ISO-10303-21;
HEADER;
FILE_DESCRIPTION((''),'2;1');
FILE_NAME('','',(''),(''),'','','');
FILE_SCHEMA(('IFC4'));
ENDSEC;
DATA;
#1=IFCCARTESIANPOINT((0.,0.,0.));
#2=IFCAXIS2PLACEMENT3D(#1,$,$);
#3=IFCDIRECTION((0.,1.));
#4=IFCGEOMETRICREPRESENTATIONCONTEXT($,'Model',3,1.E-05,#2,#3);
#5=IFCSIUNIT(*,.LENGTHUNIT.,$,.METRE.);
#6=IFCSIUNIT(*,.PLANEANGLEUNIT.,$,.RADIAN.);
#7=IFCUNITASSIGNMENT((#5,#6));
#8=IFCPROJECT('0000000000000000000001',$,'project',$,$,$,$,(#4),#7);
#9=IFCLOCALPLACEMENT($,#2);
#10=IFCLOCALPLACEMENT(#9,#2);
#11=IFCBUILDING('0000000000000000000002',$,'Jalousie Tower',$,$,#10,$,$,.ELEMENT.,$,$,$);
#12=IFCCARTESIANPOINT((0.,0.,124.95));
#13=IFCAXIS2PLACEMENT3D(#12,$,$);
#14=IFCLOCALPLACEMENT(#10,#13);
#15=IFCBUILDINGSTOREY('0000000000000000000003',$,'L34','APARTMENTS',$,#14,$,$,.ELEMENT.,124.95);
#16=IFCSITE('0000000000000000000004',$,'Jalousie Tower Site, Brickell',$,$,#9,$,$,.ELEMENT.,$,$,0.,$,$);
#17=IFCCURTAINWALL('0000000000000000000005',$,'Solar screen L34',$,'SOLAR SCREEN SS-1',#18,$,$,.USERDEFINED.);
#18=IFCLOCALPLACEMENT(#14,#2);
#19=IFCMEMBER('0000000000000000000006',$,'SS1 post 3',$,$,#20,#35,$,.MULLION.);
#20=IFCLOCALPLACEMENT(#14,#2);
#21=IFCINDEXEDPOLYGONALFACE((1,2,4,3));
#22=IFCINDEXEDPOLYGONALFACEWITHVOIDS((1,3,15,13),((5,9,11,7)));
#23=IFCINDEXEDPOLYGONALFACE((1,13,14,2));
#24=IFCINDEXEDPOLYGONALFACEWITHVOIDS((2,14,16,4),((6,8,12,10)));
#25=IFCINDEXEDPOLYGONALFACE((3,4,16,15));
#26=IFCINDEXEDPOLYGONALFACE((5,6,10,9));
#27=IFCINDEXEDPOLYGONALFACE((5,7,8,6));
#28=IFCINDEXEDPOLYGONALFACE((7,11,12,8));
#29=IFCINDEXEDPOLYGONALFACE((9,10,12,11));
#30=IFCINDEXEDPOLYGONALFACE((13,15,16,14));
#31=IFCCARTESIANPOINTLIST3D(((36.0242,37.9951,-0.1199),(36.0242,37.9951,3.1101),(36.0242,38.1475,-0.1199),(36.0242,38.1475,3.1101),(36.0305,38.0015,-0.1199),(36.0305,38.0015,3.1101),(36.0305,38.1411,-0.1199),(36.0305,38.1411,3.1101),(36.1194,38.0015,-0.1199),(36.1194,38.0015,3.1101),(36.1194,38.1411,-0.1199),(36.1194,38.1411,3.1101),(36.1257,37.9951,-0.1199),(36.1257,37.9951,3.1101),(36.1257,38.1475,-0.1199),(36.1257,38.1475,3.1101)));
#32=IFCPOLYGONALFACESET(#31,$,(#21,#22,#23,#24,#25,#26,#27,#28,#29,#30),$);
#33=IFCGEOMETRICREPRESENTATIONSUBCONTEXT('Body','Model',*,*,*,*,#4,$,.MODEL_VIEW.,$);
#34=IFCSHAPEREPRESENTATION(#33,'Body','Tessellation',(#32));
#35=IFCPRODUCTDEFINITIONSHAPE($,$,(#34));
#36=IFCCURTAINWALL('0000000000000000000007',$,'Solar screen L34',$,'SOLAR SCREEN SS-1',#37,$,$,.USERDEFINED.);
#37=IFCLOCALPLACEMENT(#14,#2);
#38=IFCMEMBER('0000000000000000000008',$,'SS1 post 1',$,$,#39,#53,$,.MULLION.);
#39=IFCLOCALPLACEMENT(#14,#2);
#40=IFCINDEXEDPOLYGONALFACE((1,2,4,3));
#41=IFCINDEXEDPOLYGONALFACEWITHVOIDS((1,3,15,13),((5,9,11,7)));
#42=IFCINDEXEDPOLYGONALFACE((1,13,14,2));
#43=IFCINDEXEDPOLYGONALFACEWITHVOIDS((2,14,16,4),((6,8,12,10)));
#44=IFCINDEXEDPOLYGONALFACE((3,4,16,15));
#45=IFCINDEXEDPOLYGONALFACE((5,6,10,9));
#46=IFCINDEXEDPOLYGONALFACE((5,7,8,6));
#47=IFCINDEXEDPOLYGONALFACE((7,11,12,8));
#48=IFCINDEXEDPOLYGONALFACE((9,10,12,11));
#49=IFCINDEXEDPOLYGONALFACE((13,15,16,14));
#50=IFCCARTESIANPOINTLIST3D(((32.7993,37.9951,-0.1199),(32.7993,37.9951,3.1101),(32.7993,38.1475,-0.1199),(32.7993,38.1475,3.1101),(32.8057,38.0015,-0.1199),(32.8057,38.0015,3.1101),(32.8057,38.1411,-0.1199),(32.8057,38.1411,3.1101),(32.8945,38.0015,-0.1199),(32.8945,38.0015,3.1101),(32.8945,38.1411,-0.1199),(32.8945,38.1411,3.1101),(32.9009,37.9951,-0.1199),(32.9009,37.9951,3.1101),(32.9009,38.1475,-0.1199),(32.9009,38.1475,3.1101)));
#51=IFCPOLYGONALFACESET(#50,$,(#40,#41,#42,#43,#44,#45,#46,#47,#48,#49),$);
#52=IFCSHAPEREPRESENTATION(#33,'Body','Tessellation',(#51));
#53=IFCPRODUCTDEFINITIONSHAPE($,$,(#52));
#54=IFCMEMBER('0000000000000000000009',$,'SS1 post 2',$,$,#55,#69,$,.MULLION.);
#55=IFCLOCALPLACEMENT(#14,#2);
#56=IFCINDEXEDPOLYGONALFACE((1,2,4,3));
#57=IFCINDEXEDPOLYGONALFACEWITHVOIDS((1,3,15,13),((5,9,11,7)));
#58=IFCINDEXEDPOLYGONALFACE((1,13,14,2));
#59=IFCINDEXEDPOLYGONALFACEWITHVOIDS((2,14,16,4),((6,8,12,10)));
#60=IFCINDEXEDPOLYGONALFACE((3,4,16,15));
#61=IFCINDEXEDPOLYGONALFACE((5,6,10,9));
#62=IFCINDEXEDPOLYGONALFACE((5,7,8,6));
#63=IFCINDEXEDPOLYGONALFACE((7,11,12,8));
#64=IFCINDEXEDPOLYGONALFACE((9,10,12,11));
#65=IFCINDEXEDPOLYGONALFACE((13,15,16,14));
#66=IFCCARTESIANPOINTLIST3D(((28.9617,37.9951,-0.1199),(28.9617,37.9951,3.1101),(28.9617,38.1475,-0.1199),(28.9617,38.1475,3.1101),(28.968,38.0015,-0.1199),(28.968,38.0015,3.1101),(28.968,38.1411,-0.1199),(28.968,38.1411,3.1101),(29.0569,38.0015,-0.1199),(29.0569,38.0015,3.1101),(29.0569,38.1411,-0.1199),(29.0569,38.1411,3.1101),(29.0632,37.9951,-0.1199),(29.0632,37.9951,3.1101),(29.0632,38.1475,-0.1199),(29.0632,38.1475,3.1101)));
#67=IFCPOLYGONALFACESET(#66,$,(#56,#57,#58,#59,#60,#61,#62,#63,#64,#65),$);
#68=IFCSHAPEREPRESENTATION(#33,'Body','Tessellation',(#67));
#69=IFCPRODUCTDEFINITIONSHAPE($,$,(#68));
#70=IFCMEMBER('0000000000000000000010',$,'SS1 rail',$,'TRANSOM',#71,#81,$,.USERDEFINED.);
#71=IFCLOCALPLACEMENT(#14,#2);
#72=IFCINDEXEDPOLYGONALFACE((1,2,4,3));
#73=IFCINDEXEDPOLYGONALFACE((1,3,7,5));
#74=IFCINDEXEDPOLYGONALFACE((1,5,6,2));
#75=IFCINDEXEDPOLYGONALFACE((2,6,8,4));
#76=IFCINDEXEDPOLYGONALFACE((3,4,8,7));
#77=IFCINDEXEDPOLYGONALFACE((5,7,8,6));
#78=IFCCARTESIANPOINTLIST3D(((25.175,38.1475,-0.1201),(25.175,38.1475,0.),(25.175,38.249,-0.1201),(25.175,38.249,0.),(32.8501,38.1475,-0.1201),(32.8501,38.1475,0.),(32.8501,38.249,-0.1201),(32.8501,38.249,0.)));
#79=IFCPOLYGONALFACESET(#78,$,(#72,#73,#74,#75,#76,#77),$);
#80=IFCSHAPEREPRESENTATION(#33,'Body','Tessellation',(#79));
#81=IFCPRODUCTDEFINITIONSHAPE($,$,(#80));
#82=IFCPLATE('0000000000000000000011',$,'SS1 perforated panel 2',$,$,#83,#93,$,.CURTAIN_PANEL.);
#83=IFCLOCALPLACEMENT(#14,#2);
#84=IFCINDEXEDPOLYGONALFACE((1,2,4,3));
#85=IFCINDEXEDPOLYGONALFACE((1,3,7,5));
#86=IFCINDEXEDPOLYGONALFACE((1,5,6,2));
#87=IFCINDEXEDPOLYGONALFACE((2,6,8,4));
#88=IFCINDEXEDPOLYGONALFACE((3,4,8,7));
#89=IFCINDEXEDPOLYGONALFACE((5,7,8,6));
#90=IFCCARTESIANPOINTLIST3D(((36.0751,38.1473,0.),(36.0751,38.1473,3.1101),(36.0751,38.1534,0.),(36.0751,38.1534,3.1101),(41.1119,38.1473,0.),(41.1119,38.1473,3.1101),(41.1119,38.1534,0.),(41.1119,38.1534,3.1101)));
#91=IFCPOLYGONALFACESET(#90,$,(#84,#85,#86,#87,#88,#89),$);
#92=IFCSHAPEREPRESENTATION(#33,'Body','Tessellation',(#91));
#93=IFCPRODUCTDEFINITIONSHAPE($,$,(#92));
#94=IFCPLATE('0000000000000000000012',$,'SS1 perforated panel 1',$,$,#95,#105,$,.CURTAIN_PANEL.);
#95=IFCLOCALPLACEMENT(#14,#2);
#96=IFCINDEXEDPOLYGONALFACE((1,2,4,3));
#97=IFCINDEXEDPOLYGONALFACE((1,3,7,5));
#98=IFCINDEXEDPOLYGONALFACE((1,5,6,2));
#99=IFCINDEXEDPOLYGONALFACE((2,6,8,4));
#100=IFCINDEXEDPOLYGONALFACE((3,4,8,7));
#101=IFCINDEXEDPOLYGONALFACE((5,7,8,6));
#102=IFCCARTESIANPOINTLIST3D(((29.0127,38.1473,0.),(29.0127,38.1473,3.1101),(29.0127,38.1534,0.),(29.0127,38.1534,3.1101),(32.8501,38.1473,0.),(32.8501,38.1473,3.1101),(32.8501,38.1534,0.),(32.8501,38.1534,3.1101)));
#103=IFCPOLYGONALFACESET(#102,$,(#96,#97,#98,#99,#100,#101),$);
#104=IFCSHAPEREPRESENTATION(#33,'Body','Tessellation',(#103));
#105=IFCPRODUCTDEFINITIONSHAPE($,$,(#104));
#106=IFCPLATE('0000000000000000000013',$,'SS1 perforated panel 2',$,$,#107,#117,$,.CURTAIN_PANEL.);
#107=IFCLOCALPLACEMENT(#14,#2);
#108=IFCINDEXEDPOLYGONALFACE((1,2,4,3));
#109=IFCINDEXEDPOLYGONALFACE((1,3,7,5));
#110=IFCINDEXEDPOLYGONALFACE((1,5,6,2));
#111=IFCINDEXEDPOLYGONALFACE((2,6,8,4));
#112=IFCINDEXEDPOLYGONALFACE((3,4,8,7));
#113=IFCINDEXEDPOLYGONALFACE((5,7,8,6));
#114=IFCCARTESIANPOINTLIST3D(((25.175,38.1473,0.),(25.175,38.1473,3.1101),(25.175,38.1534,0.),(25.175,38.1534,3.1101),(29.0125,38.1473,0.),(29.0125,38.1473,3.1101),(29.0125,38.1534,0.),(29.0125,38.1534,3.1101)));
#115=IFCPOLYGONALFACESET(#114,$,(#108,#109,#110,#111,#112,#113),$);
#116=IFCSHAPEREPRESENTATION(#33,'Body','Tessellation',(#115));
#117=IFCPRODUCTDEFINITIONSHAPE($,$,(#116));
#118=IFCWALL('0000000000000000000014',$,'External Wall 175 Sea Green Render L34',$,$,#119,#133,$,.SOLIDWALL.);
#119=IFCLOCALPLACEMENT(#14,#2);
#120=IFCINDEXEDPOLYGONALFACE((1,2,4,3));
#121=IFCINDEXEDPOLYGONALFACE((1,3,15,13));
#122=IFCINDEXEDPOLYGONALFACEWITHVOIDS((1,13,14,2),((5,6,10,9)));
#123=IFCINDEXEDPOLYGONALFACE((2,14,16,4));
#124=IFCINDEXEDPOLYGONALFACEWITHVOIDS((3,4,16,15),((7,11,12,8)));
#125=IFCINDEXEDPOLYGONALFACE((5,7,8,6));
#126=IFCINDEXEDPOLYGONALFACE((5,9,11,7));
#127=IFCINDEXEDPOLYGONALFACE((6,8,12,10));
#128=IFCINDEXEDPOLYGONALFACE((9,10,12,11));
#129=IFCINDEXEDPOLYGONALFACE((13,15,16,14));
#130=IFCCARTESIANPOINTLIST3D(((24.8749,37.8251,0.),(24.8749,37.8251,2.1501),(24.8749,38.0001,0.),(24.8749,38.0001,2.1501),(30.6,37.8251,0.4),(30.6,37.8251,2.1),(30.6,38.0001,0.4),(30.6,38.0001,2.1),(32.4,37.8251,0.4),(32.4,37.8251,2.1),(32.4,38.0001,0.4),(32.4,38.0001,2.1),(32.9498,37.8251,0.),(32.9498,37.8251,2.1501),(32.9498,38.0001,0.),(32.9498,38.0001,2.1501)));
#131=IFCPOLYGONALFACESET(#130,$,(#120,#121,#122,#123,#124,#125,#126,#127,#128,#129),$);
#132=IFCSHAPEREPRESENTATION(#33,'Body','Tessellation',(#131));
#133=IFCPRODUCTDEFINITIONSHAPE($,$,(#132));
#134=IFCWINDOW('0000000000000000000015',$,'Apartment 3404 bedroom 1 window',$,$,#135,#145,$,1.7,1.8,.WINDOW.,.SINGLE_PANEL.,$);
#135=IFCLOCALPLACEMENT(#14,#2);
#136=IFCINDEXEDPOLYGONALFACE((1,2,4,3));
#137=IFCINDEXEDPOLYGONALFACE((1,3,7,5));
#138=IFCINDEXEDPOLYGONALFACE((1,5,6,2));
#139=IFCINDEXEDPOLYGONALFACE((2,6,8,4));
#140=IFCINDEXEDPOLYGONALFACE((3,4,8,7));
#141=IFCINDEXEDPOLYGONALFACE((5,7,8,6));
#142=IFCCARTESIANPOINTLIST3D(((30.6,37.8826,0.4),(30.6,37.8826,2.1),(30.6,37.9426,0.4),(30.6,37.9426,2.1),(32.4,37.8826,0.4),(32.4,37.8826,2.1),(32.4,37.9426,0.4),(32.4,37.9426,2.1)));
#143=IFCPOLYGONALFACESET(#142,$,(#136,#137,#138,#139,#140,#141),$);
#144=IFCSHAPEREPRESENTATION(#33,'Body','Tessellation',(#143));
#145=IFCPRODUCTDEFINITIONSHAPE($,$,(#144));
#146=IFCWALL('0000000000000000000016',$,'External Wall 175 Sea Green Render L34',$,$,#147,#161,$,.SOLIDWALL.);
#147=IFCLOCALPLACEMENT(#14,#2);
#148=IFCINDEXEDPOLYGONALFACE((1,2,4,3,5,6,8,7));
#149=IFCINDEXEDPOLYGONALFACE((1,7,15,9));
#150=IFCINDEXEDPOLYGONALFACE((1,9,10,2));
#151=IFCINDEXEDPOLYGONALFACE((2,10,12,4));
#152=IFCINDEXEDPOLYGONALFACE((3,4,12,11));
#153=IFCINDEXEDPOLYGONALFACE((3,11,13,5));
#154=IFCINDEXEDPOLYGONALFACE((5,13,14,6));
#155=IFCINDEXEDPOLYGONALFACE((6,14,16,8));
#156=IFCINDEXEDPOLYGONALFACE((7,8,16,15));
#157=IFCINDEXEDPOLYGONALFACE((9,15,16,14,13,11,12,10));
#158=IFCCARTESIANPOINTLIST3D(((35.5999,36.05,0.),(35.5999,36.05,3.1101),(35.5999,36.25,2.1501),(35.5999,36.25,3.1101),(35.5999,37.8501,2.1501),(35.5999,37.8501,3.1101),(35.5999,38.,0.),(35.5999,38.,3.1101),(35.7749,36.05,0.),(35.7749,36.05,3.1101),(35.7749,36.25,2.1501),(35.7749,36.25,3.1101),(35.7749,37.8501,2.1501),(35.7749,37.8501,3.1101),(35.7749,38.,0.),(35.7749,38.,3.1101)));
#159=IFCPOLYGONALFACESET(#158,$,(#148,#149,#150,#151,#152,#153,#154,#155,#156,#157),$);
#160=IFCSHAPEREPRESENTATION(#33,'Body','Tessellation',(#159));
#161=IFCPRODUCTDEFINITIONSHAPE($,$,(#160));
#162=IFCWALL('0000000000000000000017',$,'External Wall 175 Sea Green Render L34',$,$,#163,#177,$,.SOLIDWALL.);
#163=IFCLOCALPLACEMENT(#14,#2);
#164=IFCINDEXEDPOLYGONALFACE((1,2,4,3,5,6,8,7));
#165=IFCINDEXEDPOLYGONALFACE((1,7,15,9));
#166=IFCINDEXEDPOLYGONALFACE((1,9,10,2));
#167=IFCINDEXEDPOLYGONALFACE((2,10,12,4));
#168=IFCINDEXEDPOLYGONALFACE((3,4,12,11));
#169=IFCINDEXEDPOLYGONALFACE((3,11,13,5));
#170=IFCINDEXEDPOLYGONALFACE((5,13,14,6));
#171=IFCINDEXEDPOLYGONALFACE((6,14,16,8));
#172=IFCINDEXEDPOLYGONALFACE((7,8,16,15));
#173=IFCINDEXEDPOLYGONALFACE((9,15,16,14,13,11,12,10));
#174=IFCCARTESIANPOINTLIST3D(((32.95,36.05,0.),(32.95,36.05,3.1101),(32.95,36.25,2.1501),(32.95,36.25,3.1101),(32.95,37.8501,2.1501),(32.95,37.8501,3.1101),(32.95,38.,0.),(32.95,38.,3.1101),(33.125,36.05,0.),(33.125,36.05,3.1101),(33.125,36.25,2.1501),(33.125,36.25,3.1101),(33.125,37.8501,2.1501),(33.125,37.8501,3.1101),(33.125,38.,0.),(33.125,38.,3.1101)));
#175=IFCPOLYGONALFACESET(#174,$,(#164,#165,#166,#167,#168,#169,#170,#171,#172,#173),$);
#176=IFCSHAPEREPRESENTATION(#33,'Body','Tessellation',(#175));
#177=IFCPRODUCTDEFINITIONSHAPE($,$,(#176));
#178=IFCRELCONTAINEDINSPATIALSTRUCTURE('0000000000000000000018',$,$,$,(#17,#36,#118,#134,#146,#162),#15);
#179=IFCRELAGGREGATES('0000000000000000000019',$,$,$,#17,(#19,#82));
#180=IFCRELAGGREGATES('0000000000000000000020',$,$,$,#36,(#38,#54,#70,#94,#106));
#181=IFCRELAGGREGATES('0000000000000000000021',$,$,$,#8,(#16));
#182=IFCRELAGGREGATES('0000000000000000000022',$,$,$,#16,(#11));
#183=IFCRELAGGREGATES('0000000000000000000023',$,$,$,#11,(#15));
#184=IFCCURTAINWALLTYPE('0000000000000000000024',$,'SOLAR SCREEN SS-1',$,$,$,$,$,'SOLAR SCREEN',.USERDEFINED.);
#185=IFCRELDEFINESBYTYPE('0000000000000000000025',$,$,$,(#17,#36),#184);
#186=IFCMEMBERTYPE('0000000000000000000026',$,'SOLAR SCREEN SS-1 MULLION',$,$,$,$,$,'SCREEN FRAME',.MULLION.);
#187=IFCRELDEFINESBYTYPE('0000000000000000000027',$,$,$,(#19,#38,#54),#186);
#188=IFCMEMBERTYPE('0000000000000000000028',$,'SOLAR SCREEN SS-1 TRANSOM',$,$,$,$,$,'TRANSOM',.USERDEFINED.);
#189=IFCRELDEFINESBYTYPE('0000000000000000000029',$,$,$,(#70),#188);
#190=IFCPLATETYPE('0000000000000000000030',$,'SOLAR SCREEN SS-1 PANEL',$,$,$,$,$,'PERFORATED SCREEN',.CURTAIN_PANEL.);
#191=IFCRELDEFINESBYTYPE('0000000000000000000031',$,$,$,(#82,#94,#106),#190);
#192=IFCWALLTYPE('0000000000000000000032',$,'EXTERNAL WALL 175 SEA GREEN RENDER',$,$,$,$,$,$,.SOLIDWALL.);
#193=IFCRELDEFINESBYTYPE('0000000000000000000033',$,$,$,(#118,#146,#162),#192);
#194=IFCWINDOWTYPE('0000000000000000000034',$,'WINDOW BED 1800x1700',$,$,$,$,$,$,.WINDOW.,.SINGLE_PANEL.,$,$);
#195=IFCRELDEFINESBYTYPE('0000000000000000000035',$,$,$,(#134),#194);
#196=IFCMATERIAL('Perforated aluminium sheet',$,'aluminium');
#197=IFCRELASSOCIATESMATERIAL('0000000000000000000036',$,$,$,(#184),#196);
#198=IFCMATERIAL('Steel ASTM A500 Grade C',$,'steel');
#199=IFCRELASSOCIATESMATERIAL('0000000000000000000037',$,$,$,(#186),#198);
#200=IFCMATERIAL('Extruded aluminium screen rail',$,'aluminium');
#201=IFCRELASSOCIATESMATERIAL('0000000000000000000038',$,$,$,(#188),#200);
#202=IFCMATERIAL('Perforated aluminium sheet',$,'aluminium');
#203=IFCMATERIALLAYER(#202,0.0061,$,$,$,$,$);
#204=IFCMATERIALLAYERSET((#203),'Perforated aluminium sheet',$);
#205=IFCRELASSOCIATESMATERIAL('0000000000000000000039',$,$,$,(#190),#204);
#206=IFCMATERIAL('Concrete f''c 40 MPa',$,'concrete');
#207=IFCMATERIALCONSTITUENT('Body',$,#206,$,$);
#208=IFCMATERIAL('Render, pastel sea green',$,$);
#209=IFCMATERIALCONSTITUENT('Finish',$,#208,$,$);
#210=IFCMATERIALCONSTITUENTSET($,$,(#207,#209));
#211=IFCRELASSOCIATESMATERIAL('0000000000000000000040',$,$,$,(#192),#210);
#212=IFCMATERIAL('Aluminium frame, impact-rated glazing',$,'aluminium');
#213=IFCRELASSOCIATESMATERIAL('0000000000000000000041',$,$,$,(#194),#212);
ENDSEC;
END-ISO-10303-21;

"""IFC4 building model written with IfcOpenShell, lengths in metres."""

from ifc_helpers import new_model, si_unit, direction, frame, frame_2d, origin, origin_2d, place, context, subcontext, project, spatial, polyline, rectangle, hollow_rectangle, outline, extrude, material, layer, layer_set, constituent, constituent_set, material_profile, profile_set, type_object, element, fill, aggregate, save


model = new_model("IFC4")

# Units and contexts
model_context = context("Model", 3, precision=1e-05, world=origin(), true_north=direction((0.0, 1.0)))
body_context = subcontext(model_context, "Body", "Model", "MODEL_VIEW")
ifc_project = project(units=[si_unit("LENGTHUNIT", "METRE"), si_unit("PLANEANGLEUNIT", "RADIAN")], contexts=[model_context])

# Site, building, storey
site_placement = place(None, origin())
site = spatial("IfcSite", under=ifc_project, at=site_placement, Name="Jalousie Tower Site, Brickell", CompositionType="ELEMENT", RefElevation=0.0)
building_placement = place(site_placement, origin())
building = spatial("IfcBuilding", under=site, at=building_placement, Name="Jalousie Tower", CompositionType="ELEMENT")
storey_placement = place(building_placement, frame((0.0, 0.0, 124.95)))
storey = spatial("IfcBuildingStorey", under=building, at=storey_placement, Name="L34", Description="APARTMENTS", CompositionType="ELEMENT", Elevation=124.95)

# Curtain wall, member
ifc_material_1 = material(Name="Perforated aluminium sheet", Category="aluminium")
curtain_wall_type = type_object("IfcCurtainWallType", Name="SOLAR SCREEN SS-1", ElementType="SOLAR SCREEN", PredefinedType="USERDEFINED", material=ifc_material_1)
curtain_wall_1_placement = place(storey_placement, origin())
curtain_wall_1 = element("IfcCurtainWall", 1, at=curtain_wall_1_placement, inside=storey, type_object=curtain_wall_type, Name="Solar screen L34", ObjectType="SOLAR SCREEN SS-1", PredefinedType="USERDEFINED")
ifc_material_2 = material(Name="Steel ASTM A500 Grade C", Category="steel")
ifc_material_profile_1 = material_profile(ifc_material_2, hollow_rectangle(XDim=0.1016, YDim=0.1523, WallThickness=0.0063, at=origin_2d()), Name="HSS6X4X1/4")
ifc_profile_set_1 = profile_set([ifc_material_profile_1], Name="Steel ASTM A500 Grade C")
member_type_1 = type_object("IfcMemberType", Name="SOLAR SCREEN SS-1 MULLION", ElementType="SCREEN FRAME", PredefinedType="MULLION", material=ifc_profile_set_1)
member_1_placement = place(storey_placement, frame((36.075, 38.0713, -0.1199), z_axis=(0.0, 0.0, 1.0), x_axis=(-1.0, 0.0, 0.0)))
member_1 = element("IfcMember", 2, at=member_1_placement, type_object=member_type_1, Name="SS1 post 3", PredefinedType="MULLION", context=body_context, shape_type="SweptSolid", body=[
    extrude(hollow_rectangle(XDim=0.1016, YDim=0.1523, WallThickness=0.0063, at=origin_2d()), origin(), (0.0, 0.0, 1.0), 3.23),
])

# Curtain wall, members
curtain_wall_2_placement = place(storey_placement, origin())
curtain_wall_2 = element("IfcCurtainWall", 3, at=curtain_wall_2_placement, inside=storey, type_object=curtain_wall_type, Name="Solar screen L34", ObjectType="SOLAR SCREEN SS-1", PredefinedType="USERDEFINED")
member_2_placement = place(storey_placement, frame((32.8501, 38.0713, -0.1199), z_axis=(0.0, 0.0, 1.0), x_axis=(-1.0, 0.0, 0.0)))
member_2 = element("IfcMember", 4, at=member_2_placement, type_object=member_type_1, Name="SS1 post 1", PredefinedType="MULLION", context=body_context, shape_type="SweptSolid", body=[
    extrude(hollow_rectangle(XDim=0.1016, YDim=0.1523, WallThickness=0.0063, at=origin_2d()), origin(), (0.0, 0.0, 1.0), 3.23),
])
member_3_placement = place(storey_placement, frame((29.0125, 38.0713, -0.1199), z_axis=(0.0, 0.0, 1.0), x_axis=(-1.0, 0.0, 0.0)))
member_3 = element("IfcMember", 5, at=member_3_placement, type_object=member_type_1, Name="SS1 post 2", PredefinedType="MULLION", context=body_context, shape_type="SweptSolid", body=[
    extrude(hollow_rectangle(XDim=0.1016, YDim=0.1523, WallThickness=0.0063, at=origin_2d()), origin(), (0.0, 0.0, 1.0), 3.23),
])
ifc_material_3 = material(Name="Extruded aluminium screen rail", Category="aluminium")
ifc_material_profile_2 = material_profile(ifc_material_3, rectangle(XDim=0.1016, YDim=0.1201, at=origin_2d()), Name="RAIL 102x120")
ifc_profile_set_2 = profile_set([ifc_material_profile_2], Name="Extruded aluminium screen rail")
member_type_2 = type_object("IfcMemberType", Name="SOLAR SCREEN SS-1 TRANSOM", ElementType="TRANSOM", PredefinedType="USERDEFINED", material=ifc_profile_set_2)
member_4_placement = place(storey_placement, frame((32.8501, 38.1982, -0.0601), z_axis=(-1.0, 0.0, 0.0), x_axis=(0.0, -1.0, 0.0)))
member_4 = element("IfcMember", 6, at=member_4_placement, type_object=member_type_2, Name="SS1 rail", ObjectType="TRANSOM", PredefinedType="USERDEFINED", context=body_context, shape_type="SweptSolid", body=[
    extrude(rectangle(XDim=0.1016, YDim=0.1201, at=origin_2d()), origin(), (0.0, 0.0, 1.0), 7.675),
])

# Plates
ifc_material_4 = material(Name="Perforated aluminium sheet", Category="aluminium")
ifc_layer_1 = layer(ifc_material_4, 0.0061)
ifc_layer_set_1 = layer_set([ifc_layer_1], Name="Perforated aluminium sheet")
plate_type = type_object("IfcPlateType", Name="SOLAR SCREEN SS-1 PANEL", ElementType="PERFORATED SCREEN", PredefinedType="CURTAIN_PANEL", material=ifc_layer_set_1)
plate_1_placement = place(storey_placement, frame((38.5935, 38.1504, 0.0), z_axis=(0.0, 0.0, 1.0), x_axis=(-1.0, 0.0, 0.0)))
plate_1 = element("IfcPlate", 7, at=plate_1_placement, type_object=plate_type, Name="SS1 perforated panel 2", PredefinedType="CURTAIN_PANEL", context=body_context, shape_type="SweptSolid", body=[
    extrude(rectangle(XDim=5.0369, YDim=0.0061, at=origin_2d()), origin(), (0.0, 0.0, 1.0), 3.1101),
])
aggregate(curtain_wall_1, [member_1, plate_1])
plate_2_placement = place(storey_placement, frame((30.9314, 38.1504, 0.0), z_axis=(0.0, 0.0, 1.0), x_axis=(-1.0, 0.0, 0.0)))
plate_2 = element("IfcPlate", 8, at=plate_2_placement, type_object=plate_type, Name="SS1 perforated panel 1", PredefinedType="CURTAIN_PANEL", context=body_context, shape_type="SweptSolid", body=[
    extrude(rectangle(XDim=3.8374, YDim=0.0061, at=origin_2d()), origin(), (0.0, 0.0, 1.0), 3.1101),
])
plate_3_placement = place(storey_placement, frame((27.0938, 38.1504, 0.0), z_axis=(0.0, 0.0, 1.0), x_axis=(-1.0, 0.0, 0.0)))
plate_3 = element("IfcPlate", 9, at=plate_3_placement, type_object=plate_type, Name="SS1 perforated panel 2", PredefinedType="CURTAIN_PANEL", context=body_context, shape_type="SweptSolid", body=[
    extrude(rectangle(XDim=3.8374, YDim=0.0061, at=origin_2d()), origin(), (0.0, 0.0, 1.0), 3.1101),
])
aggregate(curtain_wall_2, [member_2, member_3, member_4, plate_2, plate_3])

# Wall, opening, window
ifc_material_5 = material(Name="Concrete f'c 40 MPa", Category="concrete")
ifc_constituent_1 = constituent(ifc_material_5, Name="Body")
ifc_material_6 = material(Name="Render, pastel sea green")
ifc_constituent_2 = constituent(ifc_material_6, Name="Finish")
ifc_constituent_set_1 = constituent_set(constituents=[ifc_constituent_1, ifc_constituent_2])
wall_type_1 = type_object("IfcWallType", Name="EXTERNAL WALL 175 SEA GREEN RENDER", PredefinedType="SOLIDWALL", material=ifc_constituent_set_1)
wall_1_placement = place(storey_placement, frame((32.95, 37.9126, 0.0), z_axis=(0.0, 0.0, 1.0), x_axis=(-1.0, 0.0, 0.0)))
wall_1 = element("IfcWall", 10, at=wall_1_placement, inside=storey, type_object=wall_type_1, Name="External Wall 175 Sea Green Render L34", PredefinedType="SOLIDWALL", context=body_context, shape_type="SweptSolid", body=[
    extrude(rectangle(XDim=8.075, YDim=0.175, at=frame_2d((4.0376, 0.0))), origin(), (0.0, 0.0, 1.0), 2.1501),
])
opening_1_placement = place(wall_1_placement, frame((0.55, 0.0, 0.3999)))
opening_1 = element("IfcOpeningElement", 11, at=opening_1_placement, cuts=wall_1, PredefinedType="OPENING", context=body_context, shape_type="SweptSolid", body=[
    extrude(rectangle(XDim=1.8, YDim=1.7, at=frame_2d((0.8999, 0.8501))), frame((0.0, 0.0974, 0.0), z_axis=(0.0, -1.0, 0.0), x_axis=(1.0, 0.0, 0.0)), (0.0, 0.0, 1.0), 0.1951),
])
ifc_material_7 = material(Name="Aluminium frame, impact-rated glazing", Category="aluminium")
window_type = type_object("IfcWindowType", Name="WINDOW BED 1800x1700", PartitioningType="SINGLE_PANEL", PredefinedType="WINDOW", material=ifc_material_7)
window_placement = place(opening_1_placement, origin())
window = element("IfcWindow", 12, at=window_placement, inside=storey, type_object=window_type, Name="Apartment 3404 bedroom 1 window", OverallHeight=1.7, OverallWidth=1.8, PartitioningType="SINGLE_PANEL", PredefinedType="WINDOW", context=body_context, shape_type="SweptSolid", body=[
    extrude(rectangle(XDim=1.8, YDim=1.7, at=frame_2d((0.8999, 0.8501))), frame((0.0, 0.03, 0.0), z_axis=(0.0, -1.0, 0.0), x_axis=(1.0, 0.0, 0.0)), (0.0, 0.0, 1.0), 0.0601),
])
fill(opening_1, window)

# Walls
for number, where, z_axis, x_axis, name in (
    (13, (35.6875, 38.0, 0.0), (0.0, 0.0, 1.0), (0.0, -1.0, 0.0), "External Wall 175 Sea Green Render L34"),
    (14, (33.0376, 38.0, 0.0), (0.0, 0.0, 1.0), (0.0, -1.0, 0.0), "External Wall 175 Sea Green Render L34"),
):
    element("IfcWall", number, at=place(storey_placement, frame(where, z_axis=z_axis, x_axis=x_axis)), inside=storey, type_object=wall_type_1, Name=name, PredefinedType="SOLIDWALL", context=body_context, shape_type="SweptSolid", body=[
        extrude(outline(polyline([(0.0, 0.0), (1.95, 0.0), (1.95, 3.1101), (1.75, 3.1101), (1.75, 2.1501), (0.1499, 2.1501), (0.1499, 3.1101), (0.0, 3.1101), (0.0, 0.0)])), frame((0.0, 0.0874, 0.0), z_axis=(0.0, -1.0, 0.0), x_axis=(1.0, 0.0, 0.0)), (0.0, 0.0, 1.0), 0.175),
    ])

save(model, "model.ifc")
